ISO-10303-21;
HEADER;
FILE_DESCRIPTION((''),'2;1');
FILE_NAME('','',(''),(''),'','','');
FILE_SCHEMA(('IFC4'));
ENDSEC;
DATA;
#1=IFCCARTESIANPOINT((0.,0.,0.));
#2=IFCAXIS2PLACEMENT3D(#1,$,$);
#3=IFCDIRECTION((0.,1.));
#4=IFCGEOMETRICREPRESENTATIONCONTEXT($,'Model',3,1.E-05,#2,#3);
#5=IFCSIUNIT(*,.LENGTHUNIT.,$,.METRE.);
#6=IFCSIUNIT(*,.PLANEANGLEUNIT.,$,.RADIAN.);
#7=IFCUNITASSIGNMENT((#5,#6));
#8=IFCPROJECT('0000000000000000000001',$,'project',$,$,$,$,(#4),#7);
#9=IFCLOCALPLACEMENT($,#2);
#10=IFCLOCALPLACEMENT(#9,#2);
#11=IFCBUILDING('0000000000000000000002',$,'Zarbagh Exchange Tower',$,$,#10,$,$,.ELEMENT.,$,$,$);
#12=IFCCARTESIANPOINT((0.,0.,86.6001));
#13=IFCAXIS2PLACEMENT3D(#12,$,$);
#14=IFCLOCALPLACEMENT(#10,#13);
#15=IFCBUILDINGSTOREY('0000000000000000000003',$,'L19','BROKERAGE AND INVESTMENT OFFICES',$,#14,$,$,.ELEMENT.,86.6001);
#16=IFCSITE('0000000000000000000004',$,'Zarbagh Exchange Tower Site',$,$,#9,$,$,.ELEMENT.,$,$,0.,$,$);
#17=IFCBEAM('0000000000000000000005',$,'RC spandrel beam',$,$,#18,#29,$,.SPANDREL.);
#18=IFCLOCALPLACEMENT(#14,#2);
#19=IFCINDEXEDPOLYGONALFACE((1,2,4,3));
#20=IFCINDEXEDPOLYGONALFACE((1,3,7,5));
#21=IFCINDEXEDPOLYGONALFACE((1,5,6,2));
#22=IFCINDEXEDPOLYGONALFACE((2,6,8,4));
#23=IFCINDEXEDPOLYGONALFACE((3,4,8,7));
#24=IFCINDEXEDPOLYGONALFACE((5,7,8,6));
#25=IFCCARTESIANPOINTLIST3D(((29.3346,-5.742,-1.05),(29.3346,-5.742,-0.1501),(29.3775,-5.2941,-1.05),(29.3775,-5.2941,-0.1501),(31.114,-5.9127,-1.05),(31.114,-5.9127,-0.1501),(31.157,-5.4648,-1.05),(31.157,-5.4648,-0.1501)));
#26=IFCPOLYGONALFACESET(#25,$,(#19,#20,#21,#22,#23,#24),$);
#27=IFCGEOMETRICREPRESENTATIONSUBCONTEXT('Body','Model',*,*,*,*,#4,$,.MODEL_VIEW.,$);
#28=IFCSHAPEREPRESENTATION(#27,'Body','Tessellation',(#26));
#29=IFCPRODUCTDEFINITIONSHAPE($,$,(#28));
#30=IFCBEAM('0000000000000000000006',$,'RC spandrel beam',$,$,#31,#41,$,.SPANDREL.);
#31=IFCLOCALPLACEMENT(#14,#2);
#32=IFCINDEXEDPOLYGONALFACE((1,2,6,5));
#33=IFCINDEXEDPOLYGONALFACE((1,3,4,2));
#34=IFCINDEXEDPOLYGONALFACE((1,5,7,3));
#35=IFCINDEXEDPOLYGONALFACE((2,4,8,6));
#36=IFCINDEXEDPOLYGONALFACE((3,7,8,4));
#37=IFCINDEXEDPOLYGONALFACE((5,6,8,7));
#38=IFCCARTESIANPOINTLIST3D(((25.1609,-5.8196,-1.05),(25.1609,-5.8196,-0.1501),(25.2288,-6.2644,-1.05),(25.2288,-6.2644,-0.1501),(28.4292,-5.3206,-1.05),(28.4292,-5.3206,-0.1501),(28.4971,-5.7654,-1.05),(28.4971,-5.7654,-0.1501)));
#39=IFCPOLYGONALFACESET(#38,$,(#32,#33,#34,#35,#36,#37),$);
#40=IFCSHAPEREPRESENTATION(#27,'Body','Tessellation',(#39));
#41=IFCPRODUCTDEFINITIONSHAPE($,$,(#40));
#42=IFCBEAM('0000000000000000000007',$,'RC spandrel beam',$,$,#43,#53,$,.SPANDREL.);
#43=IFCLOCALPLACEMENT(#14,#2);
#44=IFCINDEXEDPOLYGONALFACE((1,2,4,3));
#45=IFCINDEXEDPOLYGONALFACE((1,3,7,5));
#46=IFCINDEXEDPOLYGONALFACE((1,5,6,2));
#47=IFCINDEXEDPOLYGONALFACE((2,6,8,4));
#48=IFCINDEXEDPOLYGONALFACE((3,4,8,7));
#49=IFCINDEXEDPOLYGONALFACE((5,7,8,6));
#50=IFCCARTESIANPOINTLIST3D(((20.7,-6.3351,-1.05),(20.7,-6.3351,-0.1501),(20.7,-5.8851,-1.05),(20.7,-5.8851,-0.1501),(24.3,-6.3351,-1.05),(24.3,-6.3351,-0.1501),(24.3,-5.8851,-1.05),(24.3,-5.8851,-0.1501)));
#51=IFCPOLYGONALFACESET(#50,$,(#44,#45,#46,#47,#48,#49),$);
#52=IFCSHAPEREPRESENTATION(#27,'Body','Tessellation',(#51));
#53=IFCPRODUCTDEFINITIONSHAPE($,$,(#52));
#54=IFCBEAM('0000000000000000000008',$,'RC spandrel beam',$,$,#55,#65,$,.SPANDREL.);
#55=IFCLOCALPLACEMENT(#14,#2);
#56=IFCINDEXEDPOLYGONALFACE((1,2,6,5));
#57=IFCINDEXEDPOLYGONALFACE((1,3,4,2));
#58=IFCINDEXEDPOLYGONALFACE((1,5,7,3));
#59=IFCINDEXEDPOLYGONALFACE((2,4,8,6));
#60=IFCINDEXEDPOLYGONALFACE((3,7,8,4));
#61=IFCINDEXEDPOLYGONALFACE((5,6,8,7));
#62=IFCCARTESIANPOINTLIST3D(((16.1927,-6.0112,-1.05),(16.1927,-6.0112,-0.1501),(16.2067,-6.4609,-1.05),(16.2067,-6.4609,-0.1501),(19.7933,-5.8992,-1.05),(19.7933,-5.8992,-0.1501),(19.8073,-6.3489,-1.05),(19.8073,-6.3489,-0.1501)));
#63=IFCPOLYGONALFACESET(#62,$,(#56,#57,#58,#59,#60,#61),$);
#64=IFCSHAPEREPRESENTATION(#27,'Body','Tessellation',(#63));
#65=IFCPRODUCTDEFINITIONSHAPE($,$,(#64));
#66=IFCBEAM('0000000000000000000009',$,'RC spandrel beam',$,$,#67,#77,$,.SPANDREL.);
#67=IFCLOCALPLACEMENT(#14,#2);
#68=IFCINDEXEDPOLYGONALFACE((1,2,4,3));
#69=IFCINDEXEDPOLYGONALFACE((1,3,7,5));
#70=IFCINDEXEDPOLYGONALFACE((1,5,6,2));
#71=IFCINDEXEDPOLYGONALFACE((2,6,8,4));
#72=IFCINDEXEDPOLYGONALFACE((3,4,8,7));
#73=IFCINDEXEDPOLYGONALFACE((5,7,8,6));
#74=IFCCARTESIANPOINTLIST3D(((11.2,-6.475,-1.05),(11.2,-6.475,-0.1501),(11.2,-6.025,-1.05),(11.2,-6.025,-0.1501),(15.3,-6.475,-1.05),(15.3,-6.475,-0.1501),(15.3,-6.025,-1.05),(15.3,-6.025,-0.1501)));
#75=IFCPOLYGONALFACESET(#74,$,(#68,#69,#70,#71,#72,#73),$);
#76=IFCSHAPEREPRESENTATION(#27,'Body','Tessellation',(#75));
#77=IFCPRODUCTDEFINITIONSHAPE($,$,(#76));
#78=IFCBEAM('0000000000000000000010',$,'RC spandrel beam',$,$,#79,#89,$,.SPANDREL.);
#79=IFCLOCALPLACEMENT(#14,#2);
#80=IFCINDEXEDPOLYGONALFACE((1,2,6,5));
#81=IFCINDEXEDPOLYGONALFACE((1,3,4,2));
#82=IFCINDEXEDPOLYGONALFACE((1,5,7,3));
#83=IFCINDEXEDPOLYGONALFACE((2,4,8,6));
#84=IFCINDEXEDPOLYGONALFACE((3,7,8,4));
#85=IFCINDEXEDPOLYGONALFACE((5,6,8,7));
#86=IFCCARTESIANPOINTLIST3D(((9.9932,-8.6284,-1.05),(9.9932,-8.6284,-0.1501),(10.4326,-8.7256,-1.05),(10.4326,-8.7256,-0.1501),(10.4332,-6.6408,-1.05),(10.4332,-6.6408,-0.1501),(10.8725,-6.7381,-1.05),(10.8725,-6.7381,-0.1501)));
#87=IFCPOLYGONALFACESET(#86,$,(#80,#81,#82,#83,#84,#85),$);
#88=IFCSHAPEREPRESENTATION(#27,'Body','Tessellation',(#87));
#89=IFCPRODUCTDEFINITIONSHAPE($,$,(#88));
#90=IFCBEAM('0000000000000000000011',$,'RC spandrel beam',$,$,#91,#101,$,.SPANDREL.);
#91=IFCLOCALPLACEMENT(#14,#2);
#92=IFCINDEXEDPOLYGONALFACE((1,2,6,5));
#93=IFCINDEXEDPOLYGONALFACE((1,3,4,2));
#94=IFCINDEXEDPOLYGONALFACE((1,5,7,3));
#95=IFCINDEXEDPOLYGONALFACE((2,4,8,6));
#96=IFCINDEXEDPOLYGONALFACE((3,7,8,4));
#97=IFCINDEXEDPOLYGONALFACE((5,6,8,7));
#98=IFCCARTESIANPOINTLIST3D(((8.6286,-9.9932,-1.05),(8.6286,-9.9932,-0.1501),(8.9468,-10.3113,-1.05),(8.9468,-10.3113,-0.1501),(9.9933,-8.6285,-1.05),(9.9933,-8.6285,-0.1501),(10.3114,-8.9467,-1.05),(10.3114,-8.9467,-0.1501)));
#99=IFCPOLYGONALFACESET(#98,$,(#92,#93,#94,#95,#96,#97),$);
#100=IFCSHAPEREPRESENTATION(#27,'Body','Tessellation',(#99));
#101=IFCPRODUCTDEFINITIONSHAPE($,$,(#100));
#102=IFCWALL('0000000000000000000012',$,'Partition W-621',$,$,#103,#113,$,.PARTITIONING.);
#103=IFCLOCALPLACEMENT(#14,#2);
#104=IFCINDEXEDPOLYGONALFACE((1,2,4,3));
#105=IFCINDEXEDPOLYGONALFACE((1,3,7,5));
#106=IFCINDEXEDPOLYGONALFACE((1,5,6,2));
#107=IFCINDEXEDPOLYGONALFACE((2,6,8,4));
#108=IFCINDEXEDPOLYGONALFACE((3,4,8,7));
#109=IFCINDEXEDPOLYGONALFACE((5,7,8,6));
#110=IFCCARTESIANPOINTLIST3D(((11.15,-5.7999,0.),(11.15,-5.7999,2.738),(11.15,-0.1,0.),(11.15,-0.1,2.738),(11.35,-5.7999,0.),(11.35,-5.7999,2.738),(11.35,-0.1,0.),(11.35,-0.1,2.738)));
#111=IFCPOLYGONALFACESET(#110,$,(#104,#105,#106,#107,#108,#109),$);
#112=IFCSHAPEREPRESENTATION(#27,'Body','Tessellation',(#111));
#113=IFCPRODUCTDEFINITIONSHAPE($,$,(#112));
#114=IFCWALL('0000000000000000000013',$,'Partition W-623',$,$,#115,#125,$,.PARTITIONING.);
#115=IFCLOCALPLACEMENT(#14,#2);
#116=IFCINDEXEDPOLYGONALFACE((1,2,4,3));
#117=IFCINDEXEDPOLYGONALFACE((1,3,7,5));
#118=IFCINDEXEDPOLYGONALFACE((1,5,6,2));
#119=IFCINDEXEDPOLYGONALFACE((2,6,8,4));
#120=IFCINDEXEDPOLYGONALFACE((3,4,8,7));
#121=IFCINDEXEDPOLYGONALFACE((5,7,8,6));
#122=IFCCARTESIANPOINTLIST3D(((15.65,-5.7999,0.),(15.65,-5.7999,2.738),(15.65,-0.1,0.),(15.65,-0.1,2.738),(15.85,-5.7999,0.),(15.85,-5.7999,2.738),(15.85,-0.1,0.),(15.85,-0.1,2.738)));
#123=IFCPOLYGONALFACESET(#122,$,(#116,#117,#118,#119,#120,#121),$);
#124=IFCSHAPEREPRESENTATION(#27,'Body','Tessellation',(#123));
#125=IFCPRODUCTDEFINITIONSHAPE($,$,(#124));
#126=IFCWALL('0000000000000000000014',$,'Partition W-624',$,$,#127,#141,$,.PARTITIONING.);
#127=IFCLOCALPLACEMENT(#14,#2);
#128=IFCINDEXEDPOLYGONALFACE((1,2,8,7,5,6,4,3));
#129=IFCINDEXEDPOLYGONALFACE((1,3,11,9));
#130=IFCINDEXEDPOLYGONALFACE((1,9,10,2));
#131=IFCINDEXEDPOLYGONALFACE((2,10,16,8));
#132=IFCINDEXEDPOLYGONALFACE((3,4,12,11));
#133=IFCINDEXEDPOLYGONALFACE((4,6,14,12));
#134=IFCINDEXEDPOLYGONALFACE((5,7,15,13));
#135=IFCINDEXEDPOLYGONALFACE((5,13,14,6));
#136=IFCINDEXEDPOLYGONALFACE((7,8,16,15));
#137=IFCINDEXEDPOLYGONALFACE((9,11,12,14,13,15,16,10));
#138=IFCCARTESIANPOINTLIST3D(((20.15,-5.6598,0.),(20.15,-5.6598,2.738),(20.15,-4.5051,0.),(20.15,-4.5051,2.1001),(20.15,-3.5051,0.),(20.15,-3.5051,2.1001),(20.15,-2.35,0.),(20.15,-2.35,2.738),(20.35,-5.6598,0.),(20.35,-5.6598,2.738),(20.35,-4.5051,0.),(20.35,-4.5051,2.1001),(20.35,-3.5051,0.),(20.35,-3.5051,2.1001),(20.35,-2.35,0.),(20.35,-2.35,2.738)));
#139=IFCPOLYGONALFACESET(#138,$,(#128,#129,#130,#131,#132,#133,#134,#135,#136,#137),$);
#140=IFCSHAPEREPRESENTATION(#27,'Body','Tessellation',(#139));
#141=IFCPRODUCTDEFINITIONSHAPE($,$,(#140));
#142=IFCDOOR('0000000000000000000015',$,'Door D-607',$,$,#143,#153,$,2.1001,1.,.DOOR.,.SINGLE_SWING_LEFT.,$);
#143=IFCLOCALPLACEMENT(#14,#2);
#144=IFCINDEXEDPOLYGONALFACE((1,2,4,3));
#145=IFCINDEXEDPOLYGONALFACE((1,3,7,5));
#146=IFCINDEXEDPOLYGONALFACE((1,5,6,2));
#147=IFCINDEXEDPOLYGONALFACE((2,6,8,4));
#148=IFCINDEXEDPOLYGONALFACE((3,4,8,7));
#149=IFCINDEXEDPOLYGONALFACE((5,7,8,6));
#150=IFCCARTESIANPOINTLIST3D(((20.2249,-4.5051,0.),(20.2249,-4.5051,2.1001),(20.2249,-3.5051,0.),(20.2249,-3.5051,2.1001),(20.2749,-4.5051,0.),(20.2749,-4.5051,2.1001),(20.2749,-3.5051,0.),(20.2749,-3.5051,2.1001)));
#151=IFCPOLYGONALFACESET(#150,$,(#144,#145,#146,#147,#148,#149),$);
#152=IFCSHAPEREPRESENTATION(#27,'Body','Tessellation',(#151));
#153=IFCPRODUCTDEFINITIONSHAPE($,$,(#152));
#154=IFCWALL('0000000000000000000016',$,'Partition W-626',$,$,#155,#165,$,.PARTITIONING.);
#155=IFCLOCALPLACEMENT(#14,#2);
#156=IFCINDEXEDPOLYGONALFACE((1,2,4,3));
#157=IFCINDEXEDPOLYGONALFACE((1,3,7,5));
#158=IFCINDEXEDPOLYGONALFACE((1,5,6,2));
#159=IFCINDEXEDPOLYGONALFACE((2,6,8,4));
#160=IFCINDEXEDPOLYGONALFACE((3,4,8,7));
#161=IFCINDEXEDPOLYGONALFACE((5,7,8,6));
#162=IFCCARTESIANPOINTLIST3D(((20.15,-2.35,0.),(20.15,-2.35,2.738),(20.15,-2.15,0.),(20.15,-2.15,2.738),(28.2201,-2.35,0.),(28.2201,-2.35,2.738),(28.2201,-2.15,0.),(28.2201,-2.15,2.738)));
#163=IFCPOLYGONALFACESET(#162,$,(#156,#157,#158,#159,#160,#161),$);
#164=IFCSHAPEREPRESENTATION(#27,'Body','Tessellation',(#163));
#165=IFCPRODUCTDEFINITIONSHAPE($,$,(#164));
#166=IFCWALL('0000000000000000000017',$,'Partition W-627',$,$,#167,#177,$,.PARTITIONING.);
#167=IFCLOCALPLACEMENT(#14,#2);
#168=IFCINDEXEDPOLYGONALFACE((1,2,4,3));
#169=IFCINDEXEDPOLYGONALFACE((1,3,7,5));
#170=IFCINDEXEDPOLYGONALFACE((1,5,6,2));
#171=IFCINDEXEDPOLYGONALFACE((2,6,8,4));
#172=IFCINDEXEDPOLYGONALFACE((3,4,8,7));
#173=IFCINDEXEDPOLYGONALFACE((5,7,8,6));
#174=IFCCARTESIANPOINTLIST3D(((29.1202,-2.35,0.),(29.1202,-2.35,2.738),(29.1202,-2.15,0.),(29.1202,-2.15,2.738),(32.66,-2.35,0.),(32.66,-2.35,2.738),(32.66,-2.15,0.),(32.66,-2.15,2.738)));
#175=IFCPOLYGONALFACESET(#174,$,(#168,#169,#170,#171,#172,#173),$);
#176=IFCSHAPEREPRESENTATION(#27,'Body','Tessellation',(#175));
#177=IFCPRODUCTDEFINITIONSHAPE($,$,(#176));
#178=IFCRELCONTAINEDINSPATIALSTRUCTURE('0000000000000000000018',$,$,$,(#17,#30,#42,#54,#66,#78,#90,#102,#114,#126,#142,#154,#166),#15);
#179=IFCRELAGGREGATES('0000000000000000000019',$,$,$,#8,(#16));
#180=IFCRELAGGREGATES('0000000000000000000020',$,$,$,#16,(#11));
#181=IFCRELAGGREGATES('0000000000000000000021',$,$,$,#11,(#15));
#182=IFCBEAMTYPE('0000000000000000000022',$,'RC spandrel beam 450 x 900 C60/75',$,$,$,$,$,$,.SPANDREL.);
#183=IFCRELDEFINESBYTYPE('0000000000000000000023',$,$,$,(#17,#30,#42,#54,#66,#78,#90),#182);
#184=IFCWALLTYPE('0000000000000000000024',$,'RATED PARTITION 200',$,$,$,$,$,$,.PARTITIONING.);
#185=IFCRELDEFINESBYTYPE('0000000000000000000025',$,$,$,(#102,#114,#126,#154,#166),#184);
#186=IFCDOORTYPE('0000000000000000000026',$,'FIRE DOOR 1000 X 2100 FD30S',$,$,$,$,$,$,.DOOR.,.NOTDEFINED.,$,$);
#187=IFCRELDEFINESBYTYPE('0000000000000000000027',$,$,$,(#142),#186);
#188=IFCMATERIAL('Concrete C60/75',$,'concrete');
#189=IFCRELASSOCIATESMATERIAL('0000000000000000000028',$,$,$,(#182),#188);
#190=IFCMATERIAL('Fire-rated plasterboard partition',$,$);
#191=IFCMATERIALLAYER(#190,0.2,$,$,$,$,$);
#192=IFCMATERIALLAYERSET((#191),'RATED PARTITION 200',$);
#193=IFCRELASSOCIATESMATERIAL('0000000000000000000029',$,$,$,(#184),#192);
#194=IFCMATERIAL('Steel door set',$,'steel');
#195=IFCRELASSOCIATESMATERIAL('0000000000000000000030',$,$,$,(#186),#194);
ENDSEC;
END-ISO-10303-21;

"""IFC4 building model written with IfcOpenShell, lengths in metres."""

from ifc_helpers import new_model, si_unit, direction, frame, frame_2d, origin, origin_2d, place, context, subcontext, project, spatial, rectangle, extrude, material, layer, layer_set, material_profile, profile_set, type_object, element, fill, save


model = new_model("IFC4")

# Units and contexts
model_context = context("Model", 3, precision=1e-05, world=origin(), true_north=direction((0.0, 1.0)))
body_context = subcontext(model_context, "Body", "Model", "MODEL_VIEW")
ifc_project = project(units=[si_unit("LENGTHUNIT", "METRE"), si_unit("PLANEANGLEUNIT", "RADIAN")], contexts=[model_context])

# Site, building, storey
site_placement = place(None, origin())
site = spatial("IfcSite", under=ifc_project, at=site_placement, Name="Zarbagh Exchange Tower Site", CompositionType="ELEMENT", RefElevation=0.0)
building_placement = place(site_placement, origin())
building = spatial("IfcBuilding", under=site, at=building_placement, Name="Zarbagh Exchange Tower", CompositionType="ELEMENT")
storey_placement = place(building_placement, frame((0.0, 0.0, 86.6001)))
storey = spatial("IfcBuildingStorey", under=building, at=storey_placement, Name="L19", Description="BROKERAGE AND INVESTMENT OFFICES", CompositionType="ELEMENT", Elevation=86.6001)

# Shared definitions
ifc_material_1 = material(Name="Concrete C60/75", Category="concrete")

# Beams
ifc_material_profile_1 = material_profile(ifc_material_1, rectangle(XDim=0.45, YDim=0.8999, at=origin_2d()), Name="RC spandrel beam 450 x 900 C60/75")
ifc_profile_set_1 = profile_set([ifc_material_profile_1], Name="Concrete C60/75")
beam_type_1 = type_object("IfcBeamType", Name="RC spandrel beam 450 x 900 C60/75", PredefinedType="SPANDREL", material=ifc_profile_set_1)
beam_1_placement = place(storey_placement, frame((31.1355, -5.6887, -0.6001), z_axis=(-0.995433, 0.09546, 0.0), x_axis=(-0.09546, -0.995433, 0.0)))
element("IfcBeam", 1, at=beam_1_placement, inside=storey, type_object=beam_type_1, Name="RC spandrel beam", PredefinedType="SPANDREL", context=body_context, shape_type="SweptSolid", body=[
    extrude(rectangle(XDim=0.45, YDim=0.8999, at=origin_2d()), origin(), (0.0, 0.0, 1.0), 1.7876),
])
beam_2_placement = place(storey_placement, frame((28.4631, -5.543, -0.6001), z_axis=(-0.988544, -0.150936, 0.0), x_axis=(0.150936, -0.988544, 0.0)))
element("IfcBeam", 2, at=beam_2_placement, inside=storey, type_object=beam_type_1, Name="RC spandrel beam", PredefinedType="SPANDREL", context=body_context, shape_type="SweptSolid", body=[
    extrude(rectangle(XDim=0.45, YDim=0.8999, at=origin_2d()), origin(), (0.0, 0.0, 1.0), 3.3062),
])
beam_3_placement = place(storey_placement, frame((24.3, -6.1101, -0.6001), z_axis=(-1.0, 0.0, 0.0), x_axis=(0.0, -1.0, 0.0)))
element("IfcBeam", 3, at=beam_3_placement, inside=storey, type_object=beam_type_1, Name="RC spandrel beam", PredefinedType="SPANDREL", context=body_context, shape_type="SweptSolid", body=[
    extrude(rectangle(XDim=0.45, YDim=0.8999, at=origin_2d()), origin(), (0.0, 0.0, 1.0), 3.6001),
])
beam_4_placement = place(storey_placement, frame((19.8003, -6.124, -0.6001), z_axis=(-0.999516, -0.031108, 0.0), x_axis=(0.031108, -0.999516, 0.0)))
element("IfcBeam", 4, at=beam_4_placement, inside=storey, type_object=beam_type_1, Name="RC spandrel beam", PredefinedType="SPANDREL", context=body_context, shape_type="SweptSolid", body=[
    extrude(rectangle(XDim=0.45, YDim=0.8999, at=origin_2d()), origin(), (0.0, 0.0, 1.0), 3.6023),
])
beam_5_placement = place(storey_placement, frame((15.3, -6.25, -0.6001), z_axis=(-1.0, 0.0, 0.0), x_axis=(0.0, -1.0, 0.0)))
element("IfcBeam", 5, at=beam_5_placement, inside=storey, type_object=beam_type_1, Name="RC spandrel beam", PredefinedType="SPANDREL", context=body_context, shape_type="SweptSolid", body=[
    extrude(rectangle(XDim=0.45, YDim=0.8999, at=origin_2d()), origin(), (0.0, 0.0, 1.0), 4.1001),
])
beam_6_placement = place(storey_placement, frame((10.6528, -6.6895, -0.6001), z_axis=(-0.216118, -0.976367, 0.0), x_axis=(0.976367, -0.216118, 0.0)))
element("IfcBeam", 6, at=beam_6_placement, inside=storey, type_object=beam_type_1, Name="RC spandrel beam", PredefinedType="SPANDREL", context=body_context, shape_type="SweptSolid", body=[
    extrude(rectangle(XDim=0.45, YDim=0.8999, at=origin_2d()), origin(), (0.0, 0.0, 1.0), 2.0356),
])
beam_7_placement = place(storey_placement, frame((10.1523, -8.7876, -0.6001), z_axis=(-0.707107, -0.707107, 0.0), x_axis=(0.707107, -0.707107, 0.0)))
element("IfcBeam", 7, at=beam_7_placement, inside=storey, type_object=beam_type_1, Name="RC spandrel beam", PredefinedType="SPANDREL", context=body_context, shape_type="SweptSolid", body=[
    extrude(rectangle(XDim=0.45, YDim=0.8999, at=origin_2d()), origin(), (0.0, 0.0, 1.0), 1.9299),
])

# Walls
ifc_material_2 = material(Name="Fire-rated plasterboard partition")
ifc_layer = layer(ifc_material_2, 0.2)
ifc_layer_set = layer_set([ifc_layer], Name="RATED PARTITION 200")
wall_type = type_object("IfcWallType", Name="RATED PARTITION 200", PredefinedType="PARTITIONING", material=ifc_layer_set)
for number, where, z_axis, x_axis, name in (
    (8, (11.25, -5.8, 0.0), (0.0, 0.0, 1.0), (0.0, 1.0, 0.0), "Partition W-621"),
    (9, (15.75, -5.8, 0.0), (0.0, 0.0, 1.0), (0.0, 1.0, 0.0), "Partition W-623"),
):
    element("IfcWall", number, at=place(storey_placement, frame(where, z_axis=z_axis, x_axis=x_axis)), inside=storey, type_object=wall_type, Name=name, PredefinedType="PARTITIONING", context=body_context, shape_type="SweptSolid", body=[
        extrude(rectangle(XDim=5.7, YDim=0.2, at=frame_2d((2.8501, 0.0))), origin(), (0.0, 0.0, 1.0), 2.738),
    ])

# Wall, opening, door
wall_1_placement = place(storey_placement, frame((20.25, -2.3501, 0.0), z_axis=(0.0, 0.0, 1.0), x_axis=(0.0, -1.0, 0.0)))
wall_1 = element("IfcWall", 10, at=wall_1_placement, inside=storey, type_object=wall_type, Name="Partition W-624", PredefinedType="PARTITIONING", context=body_context, shape_type="SweptSolid", body=[
    extrude(rectangle(XDim=3.3098, YDim=0.2, at=frame_2d((1.6548, 0.0))), origin(), (0.0, 0.0, 1.0), 2.738),
])
opening_placement = place(wall_1_placement, frame((1.155, 0.0, 0.0)))
opening = element("IfcOpeningElement", 11, at=opening_placement, cuts=wall_1, PredefinedType="OPENING", context=body_context, shape_type="SweptSolid", body=[
    extrude(rectangle(XDim=1.0, YDim=2.1001, at=frame_2d((0.5, 1.05))), frame((0.0, 0.1099, 0.0), z_axis=(0.0, -1.0, 0.0), x_axis=(1.0, 0.0, 0.0)), (0.0, 0.0, 1.0), 0.22),
])
ifc_material_3 = material(Name="Steel door set", Category="steel")
door_type = type_object("IfcDoorType", Name="FIRE DOOR 1000 X 2100 FD30S", OperationType="NOTDEFINED", PredefinedType="DOOR", material=ifc_material_3)
door_placement = place(opening_placement, origin())
door = element("IfcDoor", 12, at=door_placement, inside=storey, type_object=door_type, Name="Door D-607", OperationType="SINGLE_SWING_LEFT", OverallHeight=2.1001, OverallWidth=1.0, PredefinedType="DOOR", context=body_context, shape_type="SweptSolid", body=[
    extrude(rectangle(XDim=1.0, YDim=2.1001, at=frame_2d((0.5, 1.05))), frame((0.0, 0.0249, 0.0), z_axis=(0.0, -1.0, 0.0), x_axis=(1.0, 0.0, 0.0)), (0.0, 0.0, 1.0), 0.05),
])
fill(opening, door)

# Walls
wall_2_placement = place(storey_placement, frame((20.1499, -2.25, 0.0), z_axis=(0.0, 0.0, 1.0), x_axis=(1.0, 0.0, 0.0)))
element("IfcWall", 13, at=wall_2_placement, inside=storey, type_object=wall_type, Name="Partition W-626", PredefinedType="PARTITIONING", context=body_context, shape_type="SweptSolid", body=[
    extrude(rectangle(XDim=8.0701, YDim=0.2, at=frame_2d((4.0352, 0.0))), origin(), (0.0, 0.0, 1.0), 2.738),
])
wall_3_placement = place(storey_placement, frame((29.1201, -2.25, 0.0), z_axis=(0.0, 0.0, 1.0), x_axis=(1.0, 0.0, 0.0)))
element("IfcWall", 14, at=wall_3_placement, inside=storey, type_object=wall_type, Name="Partition W-627", PredefinedType="PARTITIONING", context=body_context, shape_type="SweptSolid", body=[
    extrude(rectangle(XDim=3.5398, YDim=0.2, at=frame_2d((1.77, 0.0))), origin(), (0.0, 0.0, 1.0), 2.738),
])

save(model, "model.ifc")
